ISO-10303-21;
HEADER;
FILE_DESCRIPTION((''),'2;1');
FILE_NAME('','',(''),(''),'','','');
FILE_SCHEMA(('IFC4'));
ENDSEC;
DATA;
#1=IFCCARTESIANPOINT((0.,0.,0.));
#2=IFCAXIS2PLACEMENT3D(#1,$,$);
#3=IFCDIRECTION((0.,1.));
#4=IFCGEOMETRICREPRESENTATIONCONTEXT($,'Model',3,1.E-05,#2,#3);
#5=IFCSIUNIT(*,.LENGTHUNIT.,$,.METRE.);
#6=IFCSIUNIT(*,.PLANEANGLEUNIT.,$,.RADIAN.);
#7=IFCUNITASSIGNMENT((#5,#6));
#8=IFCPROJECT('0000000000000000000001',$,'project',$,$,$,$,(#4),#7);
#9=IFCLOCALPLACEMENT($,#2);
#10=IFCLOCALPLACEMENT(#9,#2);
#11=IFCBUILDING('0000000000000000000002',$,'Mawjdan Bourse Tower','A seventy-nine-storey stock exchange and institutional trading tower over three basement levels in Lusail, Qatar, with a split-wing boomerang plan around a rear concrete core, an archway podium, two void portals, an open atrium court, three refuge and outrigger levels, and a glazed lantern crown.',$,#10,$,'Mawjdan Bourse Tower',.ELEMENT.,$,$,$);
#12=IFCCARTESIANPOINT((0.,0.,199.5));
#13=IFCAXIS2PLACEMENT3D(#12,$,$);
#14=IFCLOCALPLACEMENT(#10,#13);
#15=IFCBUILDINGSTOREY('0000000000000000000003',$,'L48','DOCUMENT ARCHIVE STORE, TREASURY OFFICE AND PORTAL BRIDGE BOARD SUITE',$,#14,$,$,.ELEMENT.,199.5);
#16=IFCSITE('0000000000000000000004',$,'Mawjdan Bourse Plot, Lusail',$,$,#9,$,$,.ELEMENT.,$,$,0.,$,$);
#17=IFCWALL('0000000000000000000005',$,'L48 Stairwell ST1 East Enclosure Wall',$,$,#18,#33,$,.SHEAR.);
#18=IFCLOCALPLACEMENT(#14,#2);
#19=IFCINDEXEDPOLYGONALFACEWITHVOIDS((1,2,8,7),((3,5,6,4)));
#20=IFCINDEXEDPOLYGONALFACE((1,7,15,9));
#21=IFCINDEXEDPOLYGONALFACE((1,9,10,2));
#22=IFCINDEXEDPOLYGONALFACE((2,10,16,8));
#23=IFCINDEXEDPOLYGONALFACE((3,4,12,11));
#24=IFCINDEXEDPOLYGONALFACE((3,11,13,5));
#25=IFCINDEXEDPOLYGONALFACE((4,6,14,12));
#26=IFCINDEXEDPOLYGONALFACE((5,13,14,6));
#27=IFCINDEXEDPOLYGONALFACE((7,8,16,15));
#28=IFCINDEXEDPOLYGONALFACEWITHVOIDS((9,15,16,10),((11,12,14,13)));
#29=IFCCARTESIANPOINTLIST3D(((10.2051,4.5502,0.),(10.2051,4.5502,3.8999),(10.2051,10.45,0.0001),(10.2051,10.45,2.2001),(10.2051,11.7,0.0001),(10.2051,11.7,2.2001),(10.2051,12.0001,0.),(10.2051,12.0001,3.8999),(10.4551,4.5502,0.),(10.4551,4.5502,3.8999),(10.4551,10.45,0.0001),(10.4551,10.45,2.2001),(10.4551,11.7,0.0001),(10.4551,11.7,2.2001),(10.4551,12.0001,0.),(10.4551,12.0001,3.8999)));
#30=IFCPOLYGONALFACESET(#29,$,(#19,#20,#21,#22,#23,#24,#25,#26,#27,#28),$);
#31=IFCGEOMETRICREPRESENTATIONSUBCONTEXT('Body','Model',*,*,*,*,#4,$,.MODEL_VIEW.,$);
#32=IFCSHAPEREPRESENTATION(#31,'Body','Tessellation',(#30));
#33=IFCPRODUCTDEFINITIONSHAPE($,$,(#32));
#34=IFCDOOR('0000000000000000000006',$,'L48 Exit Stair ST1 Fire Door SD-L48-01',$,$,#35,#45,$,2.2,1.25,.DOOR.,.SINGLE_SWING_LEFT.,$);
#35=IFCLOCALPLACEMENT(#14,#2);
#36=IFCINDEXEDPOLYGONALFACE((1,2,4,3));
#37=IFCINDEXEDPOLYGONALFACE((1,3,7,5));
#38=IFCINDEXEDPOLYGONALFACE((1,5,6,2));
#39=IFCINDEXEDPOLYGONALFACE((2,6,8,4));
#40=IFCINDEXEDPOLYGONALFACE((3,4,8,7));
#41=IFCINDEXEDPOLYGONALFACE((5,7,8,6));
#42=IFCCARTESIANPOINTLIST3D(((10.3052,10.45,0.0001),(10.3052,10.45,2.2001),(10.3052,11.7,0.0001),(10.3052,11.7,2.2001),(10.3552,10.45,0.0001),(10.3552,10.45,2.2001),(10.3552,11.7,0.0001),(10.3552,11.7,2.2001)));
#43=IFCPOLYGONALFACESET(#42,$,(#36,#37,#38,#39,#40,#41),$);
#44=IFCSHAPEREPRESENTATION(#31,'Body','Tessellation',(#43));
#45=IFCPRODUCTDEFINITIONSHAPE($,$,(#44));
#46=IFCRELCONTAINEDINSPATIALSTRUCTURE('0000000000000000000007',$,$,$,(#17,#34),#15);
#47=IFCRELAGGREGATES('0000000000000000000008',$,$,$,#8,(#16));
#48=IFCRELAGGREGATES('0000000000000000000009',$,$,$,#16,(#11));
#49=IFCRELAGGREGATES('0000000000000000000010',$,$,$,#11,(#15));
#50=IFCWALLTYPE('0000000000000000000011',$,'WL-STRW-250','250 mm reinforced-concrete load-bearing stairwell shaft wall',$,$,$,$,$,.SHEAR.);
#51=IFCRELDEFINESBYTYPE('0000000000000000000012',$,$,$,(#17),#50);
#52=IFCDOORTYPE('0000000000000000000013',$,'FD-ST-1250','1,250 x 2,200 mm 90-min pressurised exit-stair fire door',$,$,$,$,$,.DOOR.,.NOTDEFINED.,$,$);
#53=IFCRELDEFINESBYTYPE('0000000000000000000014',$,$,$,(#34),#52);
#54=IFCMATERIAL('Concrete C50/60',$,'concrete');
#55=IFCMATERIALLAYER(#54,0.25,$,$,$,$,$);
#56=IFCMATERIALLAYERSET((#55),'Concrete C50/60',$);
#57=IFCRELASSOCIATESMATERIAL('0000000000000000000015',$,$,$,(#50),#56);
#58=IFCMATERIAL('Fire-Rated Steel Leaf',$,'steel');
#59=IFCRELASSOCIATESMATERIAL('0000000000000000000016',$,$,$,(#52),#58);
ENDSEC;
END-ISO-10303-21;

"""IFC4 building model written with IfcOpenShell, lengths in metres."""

from ifc_helpers import new_model, si_unit, direction, frame, frame_2d, origin, place, context, subcontext, project, spatial, rectangle, extrude, material, layer, layer_set, type_object, element, fill, save


model = new_model("IFC4")

# Units and contexts
model_context = context("Model", 3, precision=1e-05, world=origin(), true_north=direction((0.0, 1.0)))
body_context = subcontext(model_context, "Body", "Model", "MODEL_VIEW")
ifc_project = project(units=[si_unit("LENGTHUNIT", "METRE"), si_unit("PLANEANGLEUNIT", "RADIAN")], contexts=[model_context])

# Site, building, storey
site_placement = place(None, origin())
site = spatial("IfcSite", under=ifc_project, at=site_placement, Name="Mawjdan Bourse Plot, Lusail", CompositionType="ELEMENT", RefElevation=0.0)
building_placement = place(site_placement, origin())
building = spatial("IfcBuilding", under=site, at=building_placement, Name="Mawjdan Bourse Tower", Description="A seventy-nine-storey stock exchange and institutional trading tower over three basement levels in Lusail, Qatar, with a split-wing boomerang plan around a rear concrete core, an archway podium, two void portals, an open atrium court, three refuge and outrigger levels, and a glazed lantern crown.", LongName="Mawjdan Bourse Tower", CompositionType="ELEMENT")
storey_placement = place(building_placement, frame((0.0, 0.0, 199.5)))
storey = spatial("IfcBuildingStorey", under=building, at=storey_placement, Name="L48", Description="DOCUMENT ARCHIVE STORE, TREASURY OFFICE AND PORTAL BRIDGE BOARD SUITE", CompositionType="ELEMENT", Elevation=199.5)

# Shared definitions
ifc_material_1 = material(Name="Concrete C50/60", Category="concrete")

# Shared definitions
ifc_material_2 = material(Name="Fire-Rated Steel Leaf", Category="steel")

# Wall, opening, door
ifc_layer_1 = layer(ifc_material_1, 0.25)
ifc_layer_set_1 = layer_set([ifc_layer_1], Name="Concrete C50/60")
wall_type_1 = type_object("IfcWallType", Name="WL-STRW-250", Description="250 mm reinforced-concrete load-bearing stairwell shaft wall", PredefinedType="SHEAR", material=ifc_layer_set_1)
wall_1_placement = place(storey_placement, frame((10.3301, 4.55, 0.0), z_axis=(0.0, 0.0, 1.0), x_axis=(0.0, 1.0, 0.0)))
wall_1 = element("IfcWall", 1, at=wall_1_placement, inside=storey, type_object=wall_type_1, Name="L48 Stairwell ST1 East Enclosure Wall", PredefinedType="SHEAR", context=body_context, shape_type="SweptSolid", body=[
    extrude(rectangle(XDim=7.45, YDim=0.25, at=frame_2d((3.7251, 0.0))), origin(), (0.0, 0.0, 1.0), 3.8999),
])
opening_1_placement = place(wall_1_placement, frame((5.8999, 0.0, 0.0)))
opening_1 = element("IfcOpeningElement", 2, at=opening_1_placement, cuts=wall_1, PredefinedType="OPENING", context=body_context, shape_type="SweptSolid", body=[
    extrude(rectangle(XDim=1.25, YDim=2.2, at=frame_2d((0.625, 1.1001))), frame((0.0, 0.135, 0.0), z_axis=(0.0, -1.0, 0.0), x_axis=(1.0, 0.0, 0.0)), (0.0, 0.0, 1.0), 0.27),
])
door_type_1 = type_object("IfcDoorType", Name="FD-ST-1250", Description="1,250 x 2,200 mm 90-min pressurised exit-stair fire door", OperationType="NOTDEFINED", PredefinedType="DOOR", material=ifc_material_2)
door_1_placement = place(opening_1_placement, origin())
door_1 = element("IfcDoor", 3, at=door_1_placement, inside=storey, type_object=door_type_1, Name="L48 Exit Stair ST1 Fire Door SD-L48-01", OperationType="SINGLE_SWING_LEFT", OverallHeight=2.2, OverallWidth=1.25, PredefinedType="DOOR", context=body_context, shape_type="SweptSolid", body=[
    extrude(rectangle(XDim=1.25, YDim=2.2, at=frame_2d((0.625, 1.1001))), frame((0.0, 0.0249, 0.0), z_axis=(0.0, -1.0, 0.0), x_axis=(1.0, 0.0, 0.0)), (0.0, 0.0, 1.0), 0.05),
])
fill(opening_1, door_1)

save(model, "model.ifc")
